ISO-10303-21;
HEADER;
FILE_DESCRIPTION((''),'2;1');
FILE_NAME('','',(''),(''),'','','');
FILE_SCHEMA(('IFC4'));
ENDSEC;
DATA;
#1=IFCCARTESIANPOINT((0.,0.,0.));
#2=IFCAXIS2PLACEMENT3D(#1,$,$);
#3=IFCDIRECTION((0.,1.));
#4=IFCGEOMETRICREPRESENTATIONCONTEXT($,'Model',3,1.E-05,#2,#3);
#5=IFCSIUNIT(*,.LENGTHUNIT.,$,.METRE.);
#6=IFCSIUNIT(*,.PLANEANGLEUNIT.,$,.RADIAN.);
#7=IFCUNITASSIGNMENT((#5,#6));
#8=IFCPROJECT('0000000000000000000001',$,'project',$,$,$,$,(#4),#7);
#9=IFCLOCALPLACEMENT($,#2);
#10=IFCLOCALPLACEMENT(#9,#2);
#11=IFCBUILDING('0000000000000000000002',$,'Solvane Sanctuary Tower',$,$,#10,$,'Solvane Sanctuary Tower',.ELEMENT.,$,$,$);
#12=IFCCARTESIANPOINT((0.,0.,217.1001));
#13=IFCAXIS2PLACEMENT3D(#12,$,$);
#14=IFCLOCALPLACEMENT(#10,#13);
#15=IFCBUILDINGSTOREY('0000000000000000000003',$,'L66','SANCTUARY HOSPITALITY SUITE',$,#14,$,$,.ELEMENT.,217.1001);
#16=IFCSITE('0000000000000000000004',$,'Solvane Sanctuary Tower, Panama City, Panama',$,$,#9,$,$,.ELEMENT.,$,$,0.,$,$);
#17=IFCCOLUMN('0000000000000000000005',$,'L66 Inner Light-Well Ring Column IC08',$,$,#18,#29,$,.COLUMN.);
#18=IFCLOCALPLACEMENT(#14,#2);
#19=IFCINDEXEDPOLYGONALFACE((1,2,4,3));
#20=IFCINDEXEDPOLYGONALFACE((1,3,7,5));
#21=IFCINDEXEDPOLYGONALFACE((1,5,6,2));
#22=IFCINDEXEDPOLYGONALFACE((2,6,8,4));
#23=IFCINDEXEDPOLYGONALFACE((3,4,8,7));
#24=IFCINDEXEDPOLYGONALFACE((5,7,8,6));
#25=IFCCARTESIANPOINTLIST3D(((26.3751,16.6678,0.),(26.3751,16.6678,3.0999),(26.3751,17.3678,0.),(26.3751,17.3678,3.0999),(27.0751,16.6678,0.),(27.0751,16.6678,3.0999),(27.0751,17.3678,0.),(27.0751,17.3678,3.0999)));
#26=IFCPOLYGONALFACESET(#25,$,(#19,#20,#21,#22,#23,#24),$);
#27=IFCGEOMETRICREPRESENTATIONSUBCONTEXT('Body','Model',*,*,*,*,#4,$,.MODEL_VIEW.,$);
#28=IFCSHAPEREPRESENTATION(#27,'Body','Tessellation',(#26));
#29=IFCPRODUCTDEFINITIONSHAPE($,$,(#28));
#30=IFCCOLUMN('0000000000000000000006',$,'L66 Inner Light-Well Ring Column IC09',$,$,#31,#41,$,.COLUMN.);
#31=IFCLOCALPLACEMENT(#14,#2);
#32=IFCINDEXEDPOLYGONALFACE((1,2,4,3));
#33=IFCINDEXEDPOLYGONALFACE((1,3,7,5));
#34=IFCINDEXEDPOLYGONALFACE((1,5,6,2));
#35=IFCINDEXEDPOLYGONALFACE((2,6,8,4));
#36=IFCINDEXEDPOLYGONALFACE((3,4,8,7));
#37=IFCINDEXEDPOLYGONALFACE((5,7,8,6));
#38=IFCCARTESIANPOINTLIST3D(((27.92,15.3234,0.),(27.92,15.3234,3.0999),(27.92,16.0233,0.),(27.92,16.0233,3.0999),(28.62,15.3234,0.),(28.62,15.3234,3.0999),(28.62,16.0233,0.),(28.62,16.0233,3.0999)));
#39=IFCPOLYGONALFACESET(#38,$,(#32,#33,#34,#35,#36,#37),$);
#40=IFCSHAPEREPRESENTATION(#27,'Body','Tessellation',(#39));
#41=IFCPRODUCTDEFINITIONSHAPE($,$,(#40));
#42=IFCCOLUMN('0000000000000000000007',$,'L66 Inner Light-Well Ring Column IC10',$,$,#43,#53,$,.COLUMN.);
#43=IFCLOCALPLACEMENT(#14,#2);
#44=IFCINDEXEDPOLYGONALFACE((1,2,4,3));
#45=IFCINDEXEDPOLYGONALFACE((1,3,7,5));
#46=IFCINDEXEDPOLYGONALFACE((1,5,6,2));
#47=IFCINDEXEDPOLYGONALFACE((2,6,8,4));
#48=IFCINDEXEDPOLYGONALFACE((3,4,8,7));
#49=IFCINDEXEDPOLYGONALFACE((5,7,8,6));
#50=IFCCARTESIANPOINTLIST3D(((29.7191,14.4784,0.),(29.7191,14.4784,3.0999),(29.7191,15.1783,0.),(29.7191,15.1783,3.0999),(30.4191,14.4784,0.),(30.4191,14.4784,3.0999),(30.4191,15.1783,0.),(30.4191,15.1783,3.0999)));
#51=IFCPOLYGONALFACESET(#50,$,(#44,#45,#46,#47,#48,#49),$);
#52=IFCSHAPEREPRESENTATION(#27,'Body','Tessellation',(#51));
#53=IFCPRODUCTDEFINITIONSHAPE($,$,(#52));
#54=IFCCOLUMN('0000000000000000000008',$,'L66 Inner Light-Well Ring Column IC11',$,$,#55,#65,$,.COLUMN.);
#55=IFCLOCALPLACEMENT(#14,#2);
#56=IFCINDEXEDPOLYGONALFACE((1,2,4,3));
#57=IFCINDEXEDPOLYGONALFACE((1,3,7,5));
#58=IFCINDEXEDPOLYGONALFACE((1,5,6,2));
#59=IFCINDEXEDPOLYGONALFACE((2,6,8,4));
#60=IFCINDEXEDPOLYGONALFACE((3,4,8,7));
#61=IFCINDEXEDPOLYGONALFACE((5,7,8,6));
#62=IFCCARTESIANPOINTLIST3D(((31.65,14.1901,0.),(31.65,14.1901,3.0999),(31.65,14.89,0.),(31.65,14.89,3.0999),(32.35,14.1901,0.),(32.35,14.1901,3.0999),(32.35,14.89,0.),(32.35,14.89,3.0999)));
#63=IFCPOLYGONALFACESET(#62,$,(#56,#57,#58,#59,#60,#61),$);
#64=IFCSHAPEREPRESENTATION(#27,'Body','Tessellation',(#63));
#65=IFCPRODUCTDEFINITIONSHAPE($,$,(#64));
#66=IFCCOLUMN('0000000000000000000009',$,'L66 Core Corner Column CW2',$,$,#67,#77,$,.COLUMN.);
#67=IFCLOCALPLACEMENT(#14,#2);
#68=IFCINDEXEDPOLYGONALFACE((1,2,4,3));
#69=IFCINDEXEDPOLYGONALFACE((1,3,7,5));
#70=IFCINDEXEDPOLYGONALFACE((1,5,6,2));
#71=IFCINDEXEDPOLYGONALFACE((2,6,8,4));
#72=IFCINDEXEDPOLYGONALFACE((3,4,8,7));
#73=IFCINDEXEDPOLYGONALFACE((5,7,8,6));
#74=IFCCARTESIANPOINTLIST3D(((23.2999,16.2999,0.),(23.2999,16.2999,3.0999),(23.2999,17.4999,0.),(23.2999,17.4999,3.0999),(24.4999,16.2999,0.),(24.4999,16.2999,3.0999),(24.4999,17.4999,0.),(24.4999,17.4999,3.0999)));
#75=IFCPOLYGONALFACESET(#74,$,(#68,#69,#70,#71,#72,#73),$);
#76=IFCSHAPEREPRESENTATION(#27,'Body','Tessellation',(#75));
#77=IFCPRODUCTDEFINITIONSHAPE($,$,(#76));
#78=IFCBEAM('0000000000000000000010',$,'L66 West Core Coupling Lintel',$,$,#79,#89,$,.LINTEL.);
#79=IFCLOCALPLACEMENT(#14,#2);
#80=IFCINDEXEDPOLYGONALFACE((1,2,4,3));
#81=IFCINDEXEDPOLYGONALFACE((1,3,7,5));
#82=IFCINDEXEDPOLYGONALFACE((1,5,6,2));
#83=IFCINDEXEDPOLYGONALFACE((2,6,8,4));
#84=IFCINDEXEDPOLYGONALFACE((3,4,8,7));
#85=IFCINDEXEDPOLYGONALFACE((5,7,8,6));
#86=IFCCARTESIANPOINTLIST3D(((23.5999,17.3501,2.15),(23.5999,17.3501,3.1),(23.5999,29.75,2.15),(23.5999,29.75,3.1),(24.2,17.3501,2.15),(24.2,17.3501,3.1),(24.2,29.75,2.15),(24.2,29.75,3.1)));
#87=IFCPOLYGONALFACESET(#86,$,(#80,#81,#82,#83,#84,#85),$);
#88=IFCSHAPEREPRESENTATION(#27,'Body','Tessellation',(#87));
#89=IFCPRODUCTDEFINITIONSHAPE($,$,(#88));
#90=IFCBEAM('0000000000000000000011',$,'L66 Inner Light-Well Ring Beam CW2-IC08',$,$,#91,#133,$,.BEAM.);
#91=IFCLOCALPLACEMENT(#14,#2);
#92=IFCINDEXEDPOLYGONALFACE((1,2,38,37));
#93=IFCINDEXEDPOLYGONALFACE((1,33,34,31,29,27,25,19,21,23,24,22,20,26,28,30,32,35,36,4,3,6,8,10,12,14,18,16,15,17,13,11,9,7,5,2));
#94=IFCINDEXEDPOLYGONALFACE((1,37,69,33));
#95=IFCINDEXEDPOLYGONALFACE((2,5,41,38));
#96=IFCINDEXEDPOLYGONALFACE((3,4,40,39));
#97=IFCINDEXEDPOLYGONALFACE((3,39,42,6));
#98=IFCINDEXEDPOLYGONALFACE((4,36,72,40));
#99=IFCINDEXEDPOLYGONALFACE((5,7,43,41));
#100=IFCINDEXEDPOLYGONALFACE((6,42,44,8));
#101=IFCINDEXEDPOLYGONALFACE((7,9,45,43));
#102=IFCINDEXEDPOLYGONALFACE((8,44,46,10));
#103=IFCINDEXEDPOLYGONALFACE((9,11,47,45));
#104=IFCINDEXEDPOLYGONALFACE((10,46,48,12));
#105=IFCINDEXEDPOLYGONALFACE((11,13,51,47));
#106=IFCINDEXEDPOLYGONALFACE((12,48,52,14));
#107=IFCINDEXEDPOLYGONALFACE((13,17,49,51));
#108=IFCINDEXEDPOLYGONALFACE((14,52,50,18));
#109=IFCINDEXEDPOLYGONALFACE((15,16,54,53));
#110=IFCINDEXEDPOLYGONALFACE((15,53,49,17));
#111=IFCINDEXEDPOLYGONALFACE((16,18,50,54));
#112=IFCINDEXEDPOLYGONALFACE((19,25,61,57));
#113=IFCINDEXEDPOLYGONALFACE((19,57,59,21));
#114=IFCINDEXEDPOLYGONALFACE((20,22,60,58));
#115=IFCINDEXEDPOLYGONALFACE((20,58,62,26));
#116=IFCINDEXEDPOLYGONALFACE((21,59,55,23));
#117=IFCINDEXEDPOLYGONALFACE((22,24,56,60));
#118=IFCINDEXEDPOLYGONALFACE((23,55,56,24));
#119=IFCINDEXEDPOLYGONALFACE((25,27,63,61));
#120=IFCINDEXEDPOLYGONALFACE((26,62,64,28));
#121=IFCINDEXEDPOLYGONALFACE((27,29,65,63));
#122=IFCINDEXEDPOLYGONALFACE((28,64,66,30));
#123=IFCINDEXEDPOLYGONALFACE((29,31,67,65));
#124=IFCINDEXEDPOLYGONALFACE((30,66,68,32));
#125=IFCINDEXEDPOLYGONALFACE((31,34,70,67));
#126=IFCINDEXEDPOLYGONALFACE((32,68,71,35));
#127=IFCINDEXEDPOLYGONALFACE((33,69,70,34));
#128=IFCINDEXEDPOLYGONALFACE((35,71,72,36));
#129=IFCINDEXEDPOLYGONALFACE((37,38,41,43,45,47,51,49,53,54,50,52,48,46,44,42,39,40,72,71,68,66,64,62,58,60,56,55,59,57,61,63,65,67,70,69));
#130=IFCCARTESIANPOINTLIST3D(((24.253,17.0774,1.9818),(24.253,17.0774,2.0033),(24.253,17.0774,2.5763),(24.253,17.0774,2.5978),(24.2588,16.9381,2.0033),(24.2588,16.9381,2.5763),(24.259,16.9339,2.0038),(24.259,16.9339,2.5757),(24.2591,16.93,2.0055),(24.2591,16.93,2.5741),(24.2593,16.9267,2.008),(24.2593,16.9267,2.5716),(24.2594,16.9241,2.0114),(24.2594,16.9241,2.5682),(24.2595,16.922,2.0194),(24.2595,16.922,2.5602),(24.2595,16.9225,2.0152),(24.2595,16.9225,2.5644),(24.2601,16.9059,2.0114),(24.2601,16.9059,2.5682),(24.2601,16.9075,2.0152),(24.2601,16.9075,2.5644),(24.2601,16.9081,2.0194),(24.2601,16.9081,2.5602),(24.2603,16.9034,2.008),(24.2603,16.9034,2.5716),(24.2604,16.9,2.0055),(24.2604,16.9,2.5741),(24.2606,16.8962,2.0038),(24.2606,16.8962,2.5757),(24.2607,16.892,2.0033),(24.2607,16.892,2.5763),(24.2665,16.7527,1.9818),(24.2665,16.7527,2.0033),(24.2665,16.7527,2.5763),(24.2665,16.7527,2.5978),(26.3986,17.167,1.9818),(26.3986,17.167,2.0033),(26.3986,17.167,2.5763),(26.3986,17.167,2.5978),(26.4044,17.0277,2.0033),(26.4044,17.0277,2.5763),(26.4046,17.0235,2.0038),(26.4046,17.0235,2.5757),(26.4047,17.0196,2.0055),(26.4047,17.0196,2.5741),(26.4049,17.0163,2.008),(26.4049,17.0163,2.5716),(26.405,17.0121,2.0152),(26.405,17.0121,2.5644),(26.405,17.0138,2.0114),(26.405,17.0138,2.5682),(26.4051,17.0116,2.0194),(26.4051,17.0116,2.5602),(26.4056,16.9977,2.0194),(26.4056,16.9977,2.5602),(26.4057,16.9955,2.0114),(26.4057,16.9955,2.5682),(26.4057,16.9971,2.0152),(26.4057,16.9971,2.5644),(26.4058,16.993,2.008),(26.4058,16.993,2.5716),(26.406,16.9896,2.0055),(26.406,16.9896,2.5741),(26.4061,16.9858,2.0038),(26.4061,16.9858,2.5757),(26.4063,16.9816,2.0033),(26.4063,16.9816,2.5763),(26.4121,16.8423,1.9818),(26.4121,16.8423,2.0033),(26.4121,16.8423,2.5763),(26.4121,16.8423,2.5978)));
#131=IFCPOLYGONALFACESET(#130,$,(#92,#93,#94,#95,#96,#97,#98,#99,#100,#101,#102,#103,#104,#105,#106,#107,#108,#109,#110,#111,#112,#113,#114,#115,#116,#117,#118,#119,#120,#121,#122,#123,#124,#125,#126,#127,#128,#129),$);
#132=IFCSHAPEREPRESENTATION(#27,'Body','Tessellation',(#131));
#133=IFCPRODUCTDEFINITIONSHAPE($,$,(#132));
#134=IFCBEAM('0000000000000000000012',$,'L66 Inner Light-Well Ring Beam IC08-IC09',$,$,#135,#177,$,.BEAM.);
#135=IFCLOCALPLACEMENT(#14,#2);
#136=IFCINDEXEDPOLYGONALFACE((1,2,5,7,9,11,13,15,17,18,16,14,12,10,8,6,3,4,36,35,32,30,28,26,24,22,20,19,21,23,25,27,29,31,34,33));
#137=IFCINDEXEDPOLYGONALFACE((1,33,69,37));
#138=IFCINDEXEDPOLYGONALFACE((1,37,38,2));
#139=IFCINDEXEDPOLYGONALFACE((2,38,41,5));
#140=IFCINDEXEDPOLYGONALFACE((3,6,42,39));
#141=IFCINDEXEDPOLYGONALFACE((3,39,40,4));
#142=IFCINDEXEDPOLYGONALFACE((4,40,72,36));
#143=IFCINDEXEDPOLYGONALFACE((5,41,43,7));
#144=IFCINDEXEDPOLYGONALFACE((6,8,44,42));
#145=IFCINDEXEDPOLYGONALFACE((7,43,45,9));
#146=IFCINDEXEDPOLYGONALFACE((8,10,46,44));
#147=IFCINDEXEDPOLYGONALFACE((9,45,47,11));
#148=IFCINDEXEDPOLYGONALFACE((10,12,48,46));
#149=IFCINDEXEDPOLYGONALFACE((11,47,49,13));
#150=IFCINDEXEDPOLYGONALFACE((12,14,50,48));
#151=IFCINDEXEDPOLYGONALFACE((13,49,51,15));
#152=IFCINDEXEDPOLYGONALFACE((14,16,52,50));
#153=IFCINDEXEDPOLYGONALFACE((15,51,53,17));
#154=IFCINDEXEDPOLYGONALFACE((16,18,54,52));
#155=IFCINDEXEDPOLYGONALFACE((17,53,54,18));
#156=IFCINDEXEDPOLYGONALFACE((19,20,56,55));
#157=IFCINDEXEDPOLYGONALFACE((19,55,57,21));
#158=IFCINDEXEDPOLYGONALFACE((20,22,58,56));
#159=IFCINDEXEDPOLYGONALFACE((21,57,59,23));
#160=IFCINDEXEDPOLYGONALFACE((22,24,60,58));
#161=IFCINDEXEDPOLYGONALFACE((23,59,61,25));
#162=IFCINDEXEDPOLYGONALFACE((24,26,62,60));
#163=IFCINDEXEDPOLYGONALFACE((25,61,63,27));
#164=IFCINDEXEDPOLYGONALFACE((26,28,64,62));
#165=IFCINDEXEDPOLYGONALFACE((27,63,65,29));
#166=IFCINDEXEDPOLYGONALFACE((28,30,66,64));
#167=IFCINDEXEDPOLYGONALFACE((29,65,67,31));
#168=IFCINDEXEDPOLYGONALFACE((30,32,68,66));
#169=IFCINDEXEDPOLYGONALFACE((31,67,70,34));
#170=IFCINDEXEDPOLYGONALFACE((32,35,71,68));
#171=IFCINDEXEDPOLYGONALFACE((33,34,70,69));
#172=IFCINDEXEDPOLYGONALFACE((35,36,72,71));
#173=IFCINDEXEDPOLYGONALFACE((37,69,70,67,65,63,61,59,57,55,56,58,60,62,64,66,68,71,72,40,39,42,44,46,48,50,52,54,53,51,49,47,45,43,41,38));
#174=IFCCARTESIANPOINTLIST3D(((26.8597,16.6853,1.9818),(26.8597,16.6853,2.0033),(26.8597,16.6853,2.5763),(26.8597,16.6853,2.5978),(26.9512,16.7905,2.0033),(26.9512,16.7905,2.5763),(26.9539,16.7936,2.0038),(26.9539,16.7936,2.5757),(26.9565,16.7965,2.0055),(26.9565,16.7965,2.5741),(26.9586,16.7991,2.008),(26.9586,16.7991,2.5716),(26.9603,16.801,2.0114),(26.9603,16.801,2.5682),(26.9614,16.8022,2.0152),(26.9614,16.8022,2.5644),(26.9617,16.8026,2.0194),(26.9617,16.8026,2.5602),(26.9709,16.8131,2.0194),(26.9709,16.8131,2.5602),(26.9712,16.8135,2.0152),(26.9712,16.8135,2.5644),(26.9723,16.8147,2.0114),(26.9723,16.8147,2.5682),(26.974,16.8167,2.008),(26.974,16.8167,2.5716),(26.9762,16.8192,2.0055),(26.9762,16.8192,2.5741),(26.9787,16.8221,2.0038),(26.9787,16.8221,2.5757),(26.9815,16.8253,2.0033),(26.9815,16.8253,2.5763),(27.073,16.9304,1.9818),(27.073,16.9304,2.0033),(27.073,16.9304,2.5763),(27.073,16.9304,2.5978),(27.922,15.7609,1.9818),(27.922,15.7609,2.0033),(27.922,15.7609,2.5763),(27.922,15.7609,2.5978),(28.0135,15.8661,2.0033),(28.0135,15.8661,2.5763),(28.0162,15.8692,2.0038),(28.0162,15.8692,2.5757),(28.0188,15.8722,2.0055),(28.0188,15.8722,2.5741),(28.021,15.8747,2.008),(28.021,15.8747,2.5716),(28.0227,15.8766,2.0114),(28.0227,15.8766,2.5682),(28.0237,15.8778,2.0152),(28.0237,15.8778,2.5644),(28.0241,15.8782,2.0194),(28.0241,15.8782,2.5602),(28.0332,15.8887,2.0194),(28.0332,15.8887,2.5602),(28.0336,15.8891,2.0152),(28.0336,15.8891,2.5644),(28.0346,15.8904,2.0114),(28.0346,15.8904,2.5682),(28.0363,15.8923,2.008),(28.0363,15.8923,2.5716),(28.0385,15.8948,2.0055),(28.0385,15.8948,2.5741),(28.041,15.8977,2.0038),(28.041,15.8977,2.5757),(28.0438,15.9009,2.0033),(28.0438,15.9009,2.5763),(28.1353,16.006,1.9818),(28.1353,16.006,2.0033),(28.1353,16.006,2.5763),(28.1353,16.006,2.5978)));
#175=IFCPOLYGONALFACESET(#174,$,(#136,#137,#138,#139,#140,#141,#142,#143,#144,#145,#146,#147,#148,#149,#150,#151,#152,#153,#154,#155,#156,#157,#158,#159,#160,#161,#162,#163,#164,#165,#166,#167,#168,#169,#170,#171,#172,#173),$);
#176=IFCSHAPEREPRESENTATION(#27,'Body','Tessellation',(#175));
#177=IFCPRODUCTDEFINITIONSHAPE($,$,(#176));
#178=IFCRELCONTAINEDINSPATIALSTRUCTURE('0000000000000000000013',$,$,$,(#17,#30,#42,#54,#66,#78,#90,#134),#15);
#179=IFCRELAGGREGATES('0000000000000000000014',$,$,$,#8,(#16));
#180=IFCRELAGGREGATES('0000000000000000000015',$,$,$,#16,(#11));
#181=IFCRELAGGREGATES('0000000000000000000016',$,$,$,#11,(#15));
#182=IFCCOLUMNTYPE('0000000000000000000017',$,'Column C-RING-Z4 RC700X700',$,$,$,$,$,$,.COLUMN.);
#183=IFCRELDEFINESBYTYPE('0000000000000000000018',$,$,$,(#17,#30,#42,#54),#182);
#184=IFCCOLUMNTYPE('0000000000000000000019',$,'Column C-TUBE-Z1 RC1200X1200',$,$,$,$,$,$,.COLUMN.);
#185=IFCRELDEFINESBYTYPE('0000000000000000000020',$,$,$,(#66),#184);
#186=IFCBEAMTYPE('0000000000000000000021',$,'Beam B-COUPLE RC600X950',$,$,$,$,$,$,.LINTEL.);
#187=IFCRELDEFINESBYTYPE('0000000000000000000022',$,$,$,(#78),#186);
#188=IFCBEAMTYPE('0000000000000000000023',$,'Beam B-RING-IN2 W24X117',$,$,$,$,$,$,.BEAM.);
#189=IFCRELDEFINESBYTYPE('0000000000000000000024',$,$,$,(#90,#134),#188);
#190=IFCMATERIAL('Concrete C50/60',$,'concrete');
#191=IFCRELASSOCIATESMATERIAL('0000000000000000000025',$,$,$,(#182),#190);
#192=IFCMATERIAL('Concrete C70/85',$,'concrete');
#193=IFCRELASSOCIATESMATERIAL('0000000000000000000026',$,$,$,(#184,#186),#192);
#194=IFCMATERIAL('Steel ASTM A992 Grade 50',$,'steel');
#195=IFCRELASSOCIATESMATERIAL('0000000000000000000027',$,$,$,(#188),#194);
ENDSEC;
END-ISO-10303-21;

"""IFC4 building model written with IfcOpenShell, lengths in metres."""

from ifc_helpers import new_model, si_unit, direction, frame, origin, origin_2d, place, context, subcontext, project, spatial, rectangle, i_section, extrude, material, material_profile, profile_set, type_object, element, save


model = new_model("IFC4")

# Units and contexts
model_context = context("Model", 3, precision=1e-05, world=origin(), true_north=direction((0.0, 1.0)))
body_context = subcontext(model_context, "Body", "Model", "MODEL_VIEW")
ifc_project = project(units=[si_unit("LENGTHUNIT", "METRE"), si_unit("PLANEANGLEUNIT", "RADIAN")], contexts=[model_context])

# Site, building, storey
site_placement = place(None, origin())
site = spatial("IfcSite", under=ifc_project, at=site_placement, Name="Solvane Sanctuary Tower, Panama City, Panama", CompositionType="ELEMENT", RefElevation=0.0)
building_placement = place(site_placement, origin())
building = spatial("IfcBuilding", under=site, at=building_placement, Name="Solvane Sanctuary Tower", LongName="Solvane Sanctuary Tower", CompositionType="ELEMENT")
storey_placement = place(building_placement, frame((0.0, 0.0, 217.1001)))
storey = spatial("IfcBuildingStorey", under=building, at=storey_placement, Name="L66", Description="SANCTUARY HOSPITALITY SUITE", CompositionType="ELEMENT", Elevation=217.1001)

# Columns
ifc_material_1 = material(Name="Concrete C50/60", Category="concrete")
ifc_material_profile_1 = material_profile(ifc_material_1, rectangle(XDim=0.7, YDim=0.7, at=origin_2d()), Name="RC700X700")
ifc_profile_set_1 = profile_set([ifc_material_profile_1], Name="Concrete C50/60")
column_type_1 = type_object("IfcColumnType", Name="Column C-RING-Z4 RC700X700", PredefinedType="COLUMN", material=ifc_profile_set_1)
for number, where, z_axis, x_axis, name in (
    (1, (26.7251, 17.0178, 0.0), (0.0, 0.0, 1.0), (1.0, 0.0, 0.0), "L66 Inner Light-Well Ring Column IC08"),
    (2, (28.27, 15.6733, 0.0), (0.0, 0.0, 1.0), (1.0, 0.0, 0.0), "L66 Inner Light-Well Ring Column IC09"),
    (3, (30.0691, 14.8284, 0.0), (0.0, 0.0, 1.0), (1.0, 0.0, 0.0), "L66 Inner Light-Well Ring Column IC10"),
    (4, (32.0, 14.54, 0.0), (0.0, 0.0, 1.0), (1.0, 0.0, 0.0), "L66 Inner Light-Well Ring Column IC11"),
):
    element("IfcColumn", number, at=place(storey_placement, frame(where, z_axis=z_axis, x_axis=x_axis)), inside=storey, type_object=column_type_1, Name=name, PredefinedType="COLUMN", context=body_context, shape_type="SweptSolid", body=[
        extrude(rectangle(XDim=0.7, YDim=0.7, at=origin_2d()), origin(), (0.0, 0.0, 1.0), 3.0999),
    ])
ifc_material_2 = material(Name="Concrete C70/85", Category="concrete")
ifc_material_profile_2 = material_profile(ifc_material_2, rectangle(XDim=1.2, YDim=1.2, at=origin_2d()), Name="RC1200X1200")
ifc_profile_set_2 = profile_set([ifc_material_profile_2], Name="Concrete C70/85")
column_type_2 = type_object("IfcColumnType", Name="Column C-TUBE-Z1 RC1200X1200", PredefinedType="COLUMN", material=ifc_profile_set_2)
column_placement = place(storey_placement, frame((23.8999, 16.8999, 0.0), z_axis=(0.0, 0.0, 1.0), x_axis=(1.0, 0.0, 0.0)))
element("IfcColumn", 5, at=column_placement, inside=storey, type_object=column_type_2, Name="L66 Core Corner Column CW2", PredefinedType="COLUMN", context=body_context, shape_type="SweptSolid", body=[
    extrude(rectangle(XDim=1.2, YDim=1.2, at=origin_2d()), origin(), (0.0, 0.0, 1.0), 3.0999),
])

# Beams
ifc_material_profile_3 = material_profile(ifc_material_2, rectangle(XDim=0.6001, YDim=0.95, at=origin_2d()), Name="RC600X950")
ifc_profile_set_3 = profile_set([ifc_material_profile_3], Name="Concrete C70/85")
beam_type_1 = type_object("IfcBeamType", Name="Beam B-COUPLE RC600X950", PredefinedType="LINTEL", material=ifc_profile_set_3)
beam_1_placement = place(storey_placement, frame((23.8999, 17.3501, 2.625), z_axis=(0.0, 1.0, 0.0), x_axis=(-1.0, 0.0, 0.0)))
element("IfcBeam", 6, at=beam_1_placement, inside=storey, type_object=beam_type_1, Name="L66 West Core Coupling Lintel", PredefinedType="LINTEL", context=body_context, shape_type="SweptSolid", body=[
    extrude(rectangle(XDim=0.6001, YDim=0.95, at=origin_2d()), origin(), (0.0, 0.0, 1.0), 12.3999),
])
ifc_material_3 = material(Name="Steel ASTM A992 Grade 50", Category="steel")
ifc_material_profile_4 = material_profile(ifc_material_3, i_section(OverallWidth=0.325, OverallDepth=0.616, WebThickness=0.0139, FlangeThickness=0.0215, FilletRadius=0.0161, at=origin_2d()), Name="W24X117")
ifc_profile_set_4 = profile_set([ifc_material_profile_4], Name="Steel ASTM A992 Grade 50")
beam_type_2 = type_object("IfcBeamType", Name="Beam B-RING-IN2 W24X117", PredefinedType="BEAM", material=ifc_profile_set_4)
beam_2_placement = place(storey_placement, frame((24.2598, 16.915, 2.2898), z_axis=(0.999129, 0.041725, 0.0), x_axis=(-0.041725, 0.999129, 0.0)))
element("IfcBeam", 7, at=beam_2_placement, inside=storey, type_object=beam_type_2, Name="L66 Inner Light-Well Ring Beam CW2-IC08", PredefinedType="BEAM", context=body_context, shape_type="SweptSolid", body=[
    extrude(i_section(OverallWidth=0.325, OverallDepth=0.616, WebThickness=0.0139, FlangeThickness=0.0215, FilletRadius=0.0161, at=origin_2d()), origin(), (0.0, 0.0, 1.0), 2.1475),
])
beam_3_placement = place(storey_placement, frame((26.9663, 16.8079, 2.2898), z_axis=(0.754389, -0.656428, 0.0), x_axis=(0.656428, 0.754389, 0.0)))
element("IfcBeam", 8, at=beam_3_placement, inside=storey, type_object=beam_type_2, Name="L66 Inner Light-Well Ring Beam IC08-IC09", PredefinedType="BEAM", context=body_context, shape_type="SweptSolid", body=[
    extrude(i_section(OverallWidth=0.325, OverallDepth=0.616, WebThickness=0.0139, FlangeThickness=0.0215, FilletRadius=0.0161, at=origin_2d()), origin(), (0.0, 0.0, 1.0), 1.4082),
])

save(model, "model.ifc")
